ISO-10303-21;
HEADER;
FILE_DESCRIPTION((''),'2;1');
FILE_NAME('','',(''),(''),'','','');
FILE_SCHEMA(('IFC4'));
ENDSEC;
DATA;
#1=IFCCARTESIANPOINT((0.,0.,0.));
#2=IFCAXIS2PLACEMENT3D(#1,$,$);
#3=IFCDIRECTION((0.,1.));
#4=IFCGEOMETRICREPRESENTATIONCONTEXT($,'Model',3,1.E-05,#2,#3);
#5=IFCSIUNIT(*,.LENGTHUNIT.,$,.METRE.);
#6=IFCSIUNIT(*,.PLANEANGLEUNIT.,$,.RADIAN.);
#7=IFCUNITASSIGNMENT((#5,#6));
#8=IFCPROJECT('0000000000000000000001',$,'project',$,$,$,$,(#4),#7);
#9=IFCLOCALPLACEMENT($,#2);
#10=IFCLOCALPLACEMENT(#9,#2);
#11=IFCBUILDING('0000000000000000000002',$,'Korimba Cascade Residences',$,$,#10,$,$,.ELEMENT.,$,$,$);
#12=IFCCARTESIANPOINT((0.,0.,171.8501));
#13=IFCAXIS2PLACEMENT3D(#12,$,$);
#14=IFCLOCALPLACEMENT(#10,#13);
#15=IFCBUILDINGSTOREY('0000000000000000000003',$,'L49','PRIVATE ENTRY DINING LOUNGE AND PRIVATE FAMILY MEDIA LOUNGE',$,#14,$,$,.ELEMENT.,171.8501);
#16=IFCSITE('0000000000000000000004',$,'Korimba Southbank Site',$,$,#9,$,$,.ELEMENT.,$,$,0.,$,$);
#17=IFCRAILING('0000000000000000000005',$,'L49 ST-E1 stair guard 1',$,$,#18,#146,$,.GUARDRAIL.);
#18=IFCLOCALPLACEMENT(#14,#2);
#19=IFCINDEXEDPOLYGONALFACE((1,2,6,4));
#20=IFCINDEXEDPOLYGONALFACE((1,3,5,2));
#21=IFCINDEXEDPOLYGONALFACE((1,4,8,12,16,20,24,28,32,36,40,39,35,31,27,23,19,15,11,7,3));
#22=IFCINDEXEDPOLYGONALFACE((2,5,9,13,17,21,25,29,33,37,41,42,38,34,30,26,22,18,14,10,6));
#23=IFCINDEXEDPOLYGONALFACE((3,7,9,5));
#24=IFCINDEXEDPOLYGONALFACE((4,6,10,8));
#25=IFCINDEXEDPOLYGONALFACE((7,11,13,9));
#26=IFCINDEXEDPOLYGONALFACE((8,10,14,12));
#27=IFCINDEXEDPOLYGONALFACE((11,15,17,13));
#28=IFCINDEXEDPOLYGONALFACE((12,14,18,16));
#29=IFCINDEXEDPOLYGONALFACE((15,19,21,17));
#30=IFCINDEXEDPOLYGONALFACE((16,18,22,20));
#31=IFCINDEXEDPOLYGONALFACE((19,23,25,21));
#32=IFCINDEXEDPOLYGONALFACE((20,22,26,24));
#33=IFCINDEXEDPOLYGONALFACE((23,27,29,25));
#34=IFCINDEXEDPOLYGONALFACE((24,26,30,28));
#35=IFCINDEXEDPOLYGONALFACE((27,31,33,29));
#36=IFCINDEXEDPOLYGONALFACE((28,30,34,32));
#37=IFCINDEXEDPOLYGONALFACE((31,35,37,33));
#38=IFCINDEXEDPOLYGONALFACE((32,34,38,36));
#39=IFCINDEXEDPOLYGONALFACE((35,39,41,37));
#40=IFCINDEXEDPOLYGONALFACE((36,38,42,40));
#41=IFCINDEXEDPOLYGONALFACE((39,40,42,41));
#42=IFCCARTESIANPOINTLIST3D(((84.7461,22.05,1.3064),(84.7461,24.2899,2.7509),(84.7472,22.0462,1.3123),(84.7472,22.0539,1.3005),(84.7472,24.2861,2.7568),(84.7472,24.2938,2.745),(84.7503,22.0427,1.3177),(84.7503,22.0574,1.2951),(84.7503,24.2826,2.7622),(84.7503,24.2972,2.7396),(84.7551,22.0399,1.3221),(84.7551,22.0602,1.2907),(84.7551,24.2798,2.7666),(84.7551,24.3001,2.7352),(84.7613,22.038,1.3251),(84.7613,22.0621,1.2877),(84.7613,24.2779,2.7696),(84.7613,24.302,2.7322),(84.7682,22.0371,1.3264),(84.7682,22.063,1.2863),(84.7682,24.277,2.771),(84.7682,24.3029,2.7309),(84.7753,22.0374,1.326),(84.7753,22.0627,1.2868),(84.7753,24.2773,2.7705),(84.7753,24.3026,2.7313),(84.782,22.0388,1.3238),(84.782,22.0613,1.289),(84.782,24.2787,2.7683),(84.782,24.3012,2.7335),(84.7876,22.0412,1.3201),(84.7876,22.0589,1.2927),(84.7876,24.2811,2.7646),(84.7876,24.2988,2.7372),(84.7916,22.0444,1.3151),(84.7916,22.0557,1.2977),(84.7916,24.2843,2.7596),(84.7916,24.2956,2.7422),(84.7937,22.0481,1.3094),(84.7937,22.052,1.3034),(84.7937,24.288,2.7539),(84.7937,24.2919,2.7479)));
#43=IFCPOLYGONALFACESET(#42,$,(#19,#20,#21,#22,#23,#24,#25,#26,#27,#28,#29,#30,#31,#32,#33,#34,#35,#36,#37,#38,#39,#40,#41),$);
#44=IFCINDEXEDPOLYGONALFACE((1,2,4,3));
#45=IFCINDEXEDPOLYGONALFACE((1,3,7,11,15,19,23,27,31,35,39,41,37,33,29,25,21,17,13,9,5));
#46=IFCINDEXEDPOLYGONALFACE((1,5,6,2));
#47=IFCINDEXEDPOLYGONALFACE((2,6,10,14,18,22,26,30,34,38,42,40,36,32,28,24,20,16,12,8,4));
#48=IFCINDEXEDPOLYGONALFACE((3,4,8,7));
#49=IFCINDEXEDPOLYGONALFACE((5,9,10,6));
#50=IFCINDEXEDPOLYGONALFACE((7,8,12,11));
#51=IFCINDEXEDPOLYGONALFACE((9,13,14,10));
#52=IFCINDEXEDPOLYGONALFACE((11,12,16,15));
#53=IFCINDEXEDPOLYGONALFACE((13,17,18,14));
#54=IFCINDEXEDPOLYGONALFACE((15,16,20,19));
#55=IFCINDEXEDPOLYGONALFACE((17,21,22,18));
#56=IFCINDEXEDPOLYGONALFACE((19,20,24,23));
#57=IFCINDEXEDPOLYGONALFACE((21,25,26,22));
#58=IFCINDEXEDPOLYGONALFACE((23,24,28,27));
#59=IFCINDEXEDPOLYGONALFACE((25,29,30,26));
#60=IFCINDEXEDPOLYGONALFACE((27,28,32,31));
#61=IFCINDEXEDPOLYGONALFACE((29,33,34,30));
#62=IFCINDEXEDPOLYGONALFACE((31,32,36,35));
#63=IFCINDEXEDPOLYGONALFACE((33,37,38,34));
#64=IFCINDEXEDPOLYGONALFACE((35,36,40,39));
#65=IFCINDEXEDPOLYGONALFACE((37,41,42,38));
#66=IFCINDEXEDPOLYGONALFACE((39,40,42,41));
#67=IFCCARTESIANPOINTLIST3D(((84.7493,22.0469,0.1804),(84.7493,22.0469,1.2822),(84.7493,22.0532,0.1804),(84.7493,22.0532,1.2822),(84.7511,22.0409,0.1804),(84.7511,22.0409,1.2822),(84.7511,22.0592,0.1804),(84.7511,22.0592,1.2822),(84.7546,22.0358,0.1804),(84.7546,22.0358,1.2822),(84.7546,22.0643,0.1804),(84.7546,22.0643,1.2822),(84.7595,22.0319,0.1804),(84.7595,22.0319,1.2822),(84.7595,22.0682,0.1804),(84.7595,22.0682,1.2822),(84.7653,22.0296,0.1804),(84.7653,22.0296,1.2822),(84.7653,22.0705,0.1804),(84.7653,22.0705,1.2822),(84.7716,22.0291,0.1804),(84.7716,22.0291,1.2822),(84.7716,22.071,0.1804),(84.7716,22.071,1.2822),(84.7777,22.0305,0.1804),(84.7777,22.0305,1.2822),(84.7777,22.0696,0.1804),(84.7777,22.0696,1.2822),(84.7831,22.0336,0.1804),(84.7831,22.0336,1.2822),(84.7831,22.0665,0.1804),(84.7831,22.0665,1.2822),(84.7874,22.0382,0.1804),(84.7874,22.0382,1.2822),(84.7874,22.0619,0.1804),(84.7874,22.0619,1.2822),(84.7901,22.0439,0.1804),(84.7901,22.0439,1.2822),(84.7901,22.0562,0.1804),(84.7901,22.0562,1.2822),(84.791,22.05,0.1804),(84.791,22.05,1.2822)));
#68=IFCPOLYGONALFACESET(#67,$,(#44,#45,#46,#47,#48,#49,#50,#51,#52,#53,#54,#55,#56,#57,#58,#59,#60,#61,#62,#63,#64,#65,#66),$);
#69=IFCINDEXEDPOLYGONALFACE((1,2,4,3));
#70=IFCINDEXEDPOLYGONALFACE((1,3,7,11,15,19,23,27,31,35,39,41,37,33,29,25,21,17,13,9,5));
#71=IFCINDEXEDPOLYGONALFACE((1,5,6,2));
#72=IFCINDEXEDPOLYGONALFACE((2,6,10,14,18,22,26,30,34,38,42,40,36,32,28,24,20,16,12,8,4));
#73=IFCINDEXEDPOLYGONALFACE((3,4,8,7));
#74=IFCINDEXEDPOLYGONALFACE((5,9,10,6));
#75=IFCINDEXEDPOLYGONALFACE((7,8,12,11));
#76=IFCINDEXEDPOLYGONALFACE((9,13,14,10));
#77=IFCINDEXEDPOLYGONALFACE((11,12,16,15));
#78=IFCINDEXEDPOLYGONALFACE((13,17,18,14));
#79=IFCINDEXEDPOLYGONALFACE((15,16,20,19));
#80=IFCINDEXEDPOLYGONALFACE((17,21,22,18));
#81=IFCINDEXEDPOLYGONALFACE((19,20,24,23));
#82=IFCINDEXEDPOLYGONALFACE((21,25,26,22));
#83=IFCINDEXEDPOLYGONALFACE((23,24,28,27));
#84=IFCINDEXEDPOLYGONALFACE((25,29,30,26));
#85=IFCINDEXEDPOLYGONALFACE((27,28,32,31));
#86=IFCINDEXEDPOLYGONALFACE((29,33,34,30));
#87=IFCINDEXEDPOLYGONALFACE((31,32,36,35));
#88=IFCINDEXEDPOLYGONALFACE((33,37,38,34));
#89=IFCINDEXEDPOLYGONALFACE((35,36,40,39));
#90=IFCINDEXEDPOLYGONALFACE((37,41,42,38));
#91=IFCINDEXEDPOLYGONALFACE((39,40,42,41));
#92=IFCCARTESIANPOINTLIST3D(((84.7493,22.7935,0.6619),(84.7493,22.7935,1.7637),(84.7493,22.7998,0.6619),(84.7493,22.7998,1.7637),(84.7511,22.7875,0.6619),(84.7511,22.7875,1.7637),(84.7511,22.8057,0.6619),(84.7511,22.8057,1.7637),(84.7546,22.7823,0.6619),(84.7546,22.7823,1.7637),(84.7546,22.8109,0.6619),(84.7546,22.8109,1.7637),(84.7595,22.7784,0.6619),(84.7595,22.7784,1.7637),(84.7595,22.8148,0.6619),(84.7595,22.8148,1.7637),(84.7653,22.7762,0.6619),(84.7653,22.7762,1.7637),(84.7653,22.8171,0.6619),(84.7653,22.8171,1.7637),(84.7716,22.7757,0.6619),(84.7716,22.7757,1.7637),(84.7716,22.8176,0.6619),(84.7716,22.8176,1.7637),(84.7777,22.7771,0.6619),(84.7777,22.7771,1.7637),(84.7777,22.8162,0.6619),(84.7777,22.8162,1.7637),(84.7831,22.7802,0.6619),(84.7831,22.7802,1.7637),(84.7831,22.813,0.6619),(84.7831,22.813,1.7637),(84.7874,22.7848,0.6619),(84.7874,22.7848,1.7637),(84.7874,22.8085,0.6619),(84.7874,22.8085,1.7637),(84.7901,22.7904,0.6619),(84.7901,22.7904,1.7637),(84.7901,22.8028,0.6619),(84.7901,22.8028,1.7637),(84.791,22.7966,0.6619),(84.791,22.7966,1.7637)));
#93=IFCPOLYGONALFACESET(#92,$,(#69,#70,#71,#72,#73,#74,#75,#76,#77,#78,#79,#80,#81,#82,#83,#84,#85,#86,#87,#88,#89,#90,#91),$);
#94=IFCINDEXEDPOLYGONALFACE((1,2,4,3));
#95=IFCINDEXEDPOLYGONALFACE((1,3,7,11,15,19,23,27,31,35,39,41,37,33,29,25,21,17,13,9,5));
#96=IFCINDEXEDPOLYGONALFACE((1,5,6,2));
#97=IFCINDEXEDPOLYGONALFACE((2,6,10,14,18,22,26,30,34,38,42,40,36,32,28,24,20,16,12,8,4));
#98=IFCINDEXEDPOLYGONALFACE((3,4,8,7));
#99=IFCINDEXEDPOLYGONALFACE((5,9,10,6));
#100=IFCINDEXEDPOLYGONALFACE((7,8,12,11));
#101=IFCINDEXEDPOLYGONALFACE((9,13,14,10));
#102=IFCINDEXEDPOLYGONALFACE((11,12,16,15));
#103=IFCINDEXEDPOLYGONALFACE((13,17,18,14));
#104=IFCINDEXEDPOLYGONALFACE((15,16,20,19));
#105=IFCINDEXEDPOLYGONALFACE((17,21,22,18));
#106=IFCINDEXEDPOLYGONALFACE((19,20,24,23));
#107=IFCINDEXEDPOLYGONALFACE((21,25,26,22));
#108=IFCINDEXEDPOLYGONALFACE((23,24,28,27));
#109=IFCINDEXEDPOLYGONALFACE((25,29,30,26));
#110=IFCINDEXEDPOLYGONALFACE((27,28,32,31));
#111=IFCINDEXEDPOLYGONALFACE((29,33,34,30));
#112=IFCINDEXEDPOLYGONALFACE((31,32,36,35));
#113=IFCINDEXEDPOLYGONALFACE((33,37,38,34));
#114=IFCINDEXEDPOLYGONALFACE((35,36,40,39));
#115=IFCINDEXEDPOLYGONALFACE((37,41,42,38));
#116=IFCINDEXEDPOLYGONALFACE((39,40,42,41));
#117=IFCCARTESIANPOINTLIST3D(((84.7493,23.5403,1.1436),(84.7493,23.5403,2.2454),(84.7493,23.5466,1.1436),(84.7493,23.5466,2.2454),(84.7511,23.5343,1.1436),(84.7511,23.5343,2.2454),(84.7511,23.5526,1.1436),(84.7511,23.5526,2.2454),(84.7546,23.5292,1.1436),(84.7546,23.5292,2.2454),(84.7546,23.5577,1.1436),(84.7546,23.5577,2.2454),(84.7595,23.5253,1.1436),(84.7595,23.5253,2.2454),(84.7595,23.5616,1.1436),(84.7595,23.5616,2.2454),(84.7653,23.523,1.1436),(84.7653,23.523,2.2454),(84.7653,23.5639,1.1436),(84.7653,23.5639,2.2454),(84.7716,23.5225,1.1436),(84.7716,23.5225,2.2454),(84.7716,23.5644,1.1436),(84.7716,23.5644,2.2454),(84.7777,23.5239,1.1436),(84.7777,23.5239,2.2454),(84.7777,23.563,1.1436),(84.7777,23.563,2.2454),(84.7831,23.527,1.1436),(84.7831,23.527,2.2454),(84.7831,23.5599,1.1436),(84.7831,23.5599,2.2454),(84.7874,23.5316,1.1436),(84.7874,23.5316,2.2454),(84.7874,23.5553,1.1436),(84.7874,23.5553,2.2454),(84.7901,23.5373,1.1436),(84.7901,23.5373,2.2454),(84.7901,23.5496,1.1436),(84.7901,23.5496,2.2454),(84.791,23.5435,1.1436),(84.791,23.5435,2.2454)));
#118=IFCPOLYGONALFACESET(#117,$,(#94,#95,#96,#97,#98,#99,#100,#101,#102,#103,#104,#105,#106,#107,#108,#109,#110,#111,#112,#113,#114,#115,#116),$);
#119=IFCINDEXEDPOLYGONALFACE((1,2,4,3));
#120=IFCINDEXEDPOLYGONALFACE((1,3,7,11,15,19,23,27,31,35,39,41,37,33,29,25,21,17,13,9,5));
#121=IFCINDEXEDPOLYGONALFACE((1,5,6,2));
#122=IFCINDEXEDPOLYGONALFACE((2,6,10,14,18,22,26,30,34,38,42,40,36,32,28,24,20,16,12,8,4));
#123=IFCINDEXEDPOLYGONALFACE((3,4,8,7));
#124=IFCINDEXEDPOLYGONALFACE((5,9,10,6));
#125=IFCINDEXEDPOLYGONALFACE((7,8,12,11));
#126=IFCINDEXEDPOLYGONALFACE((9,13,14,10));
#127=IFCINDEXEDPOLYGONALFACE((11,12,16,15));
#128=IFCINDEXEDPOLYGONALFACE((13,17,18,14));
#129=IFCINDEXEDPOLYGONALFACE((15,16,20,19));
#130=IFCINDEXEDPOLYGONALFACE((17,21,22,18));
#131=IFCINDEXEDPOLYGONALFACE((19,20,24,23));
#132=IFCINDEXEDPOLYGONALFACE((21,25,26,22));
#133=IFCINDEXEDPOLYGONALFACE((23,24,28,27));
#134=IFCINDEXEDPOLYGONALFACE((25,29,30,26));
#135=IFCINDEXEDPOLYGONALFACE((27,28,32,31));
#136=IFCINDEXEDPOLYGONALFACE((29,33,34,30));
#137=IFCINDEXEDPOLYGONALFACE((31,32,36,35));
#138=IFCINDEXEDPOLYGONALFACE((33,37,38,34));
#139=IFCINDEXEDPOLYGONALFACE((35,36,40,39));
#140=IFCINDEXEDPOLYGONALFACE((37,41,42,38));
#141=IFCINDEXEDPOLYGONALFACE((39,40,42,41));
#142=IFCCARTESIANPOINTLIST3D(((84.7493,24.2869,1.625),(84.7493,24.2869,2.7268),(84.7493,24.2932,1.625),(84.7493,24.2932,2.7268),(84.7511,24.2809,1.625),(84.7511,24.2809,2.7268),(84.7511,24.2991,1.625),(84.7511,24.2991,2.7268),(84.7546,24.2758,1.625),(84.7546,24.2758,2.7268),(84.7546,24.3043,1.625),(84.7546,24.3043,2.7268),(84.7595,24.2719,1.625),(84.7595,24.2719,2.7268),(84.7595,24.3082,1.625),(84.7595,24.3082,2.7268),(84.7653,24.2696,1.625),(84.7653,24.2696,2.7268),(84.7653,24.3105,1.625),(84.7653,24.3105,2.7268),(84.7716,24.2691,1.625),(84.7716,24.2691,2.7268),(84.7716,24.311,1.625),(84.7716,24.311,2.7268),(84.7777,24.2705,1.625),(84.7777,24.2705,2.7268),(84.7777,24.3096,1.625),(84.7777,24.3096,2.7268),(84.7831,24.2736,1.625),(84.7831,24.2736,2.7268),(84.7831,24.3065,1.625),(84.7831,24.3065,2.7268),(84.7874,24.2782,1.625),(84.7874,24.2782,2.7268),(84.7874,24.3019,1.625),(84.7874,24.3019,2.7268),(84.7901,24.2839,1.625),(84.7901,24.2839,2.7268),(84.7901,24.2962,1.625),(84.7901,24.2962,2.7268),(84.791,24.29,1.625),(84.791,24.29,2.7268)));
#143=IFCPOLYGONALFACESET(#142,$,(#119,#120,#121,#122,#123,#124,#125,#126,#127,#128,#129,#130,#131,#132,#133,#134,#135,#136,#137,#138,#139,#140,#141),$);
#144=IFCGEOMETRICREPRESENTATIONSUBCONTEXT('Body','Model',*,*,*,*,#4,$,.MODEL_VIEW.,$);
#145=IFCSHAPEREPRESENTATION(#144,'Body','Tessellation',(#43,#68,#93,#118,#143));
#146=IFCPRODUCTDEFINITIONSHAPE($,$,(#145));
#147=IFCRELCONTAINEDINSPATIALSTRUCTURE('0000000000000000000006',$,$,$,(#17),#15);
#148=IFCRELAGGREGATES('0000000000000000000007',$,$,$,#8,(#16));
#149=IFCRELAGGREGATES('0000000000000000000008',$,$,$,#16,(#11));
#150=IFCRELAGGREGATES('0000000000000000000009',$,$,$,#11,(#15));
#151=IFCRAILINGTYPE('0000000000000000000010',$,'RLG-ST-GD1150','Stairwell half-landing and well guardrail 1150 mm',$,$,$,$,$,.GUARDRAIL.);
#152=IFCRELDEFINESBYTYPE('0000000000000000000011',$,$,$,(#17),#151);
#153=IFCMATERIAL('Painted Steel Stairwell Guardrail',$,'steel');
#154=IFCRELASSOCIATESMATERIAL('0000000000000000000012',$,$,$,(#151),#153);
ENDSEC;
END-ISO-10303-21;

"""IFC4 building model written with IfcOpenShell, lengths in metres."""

from ifc_helpers import new_model, si_unit, direction, frame, origin, origin_2d, place, context, subcontext, project, spatial, circle, extrude, material, type_object, element, save


model = new_model("IFC4")

# Units and contexts
model_context = context("Model", 3, precision=1e-05, world=origin(), true_north=direction((0.0, 1.0)))
body_context = subcontext(model_context, "Body", "Model", "MODEL_VIEW")
ifc_project = project(units=[si_unit("LENGTHUNIT", "METRE"), si_unit("PLANEANGLEUNIT", "RADIAN")], contexts=[model_context])

# Site, building, storey
site_placement = place(None, origin())
site = spatial("IfcSite", under=ifc_project, at=site_placement, Name="Korimba Southbank Site", CompositionType="ELEMENT", RefElevation=0.0)
building_placement = place(site_placement, origin())
building = spatial("IfcBuilding", under=site, at=building_placement, Name="Korimba Cascade Residences", CompositionType="ELEMENT")
storey_placement = place(building_placement, frame((0.0, 0.0, 171.8501)))
storey = spatial("IfcBuildingStorey", under=building, at=storey_placement, Name="L49", Description="PRIVATE ENTRY DINING LOUNGE AND PRIVATE FAMILY MEDIA LOUNGE", CompositionType="ELEMENT", Elevation=171.8501)

# Railing
ifc_material_1 = material(Name="Painted Steel Stairwell Guardrail", Category="steel")
railing_type_1 = type_object("IfcRailingType", Name="RLG-ST-GD1150", Description="Stairwell half-landing and well guardrail 1150 mm", PredefinedType="GUARDRAIL", material=ifc_material_1)
railing_1_placement = place(storey_placement, frame((84.77, 22.05, 0.1804)))
element("IfcRailing", 1, at=railing_1_placement, inside=storey, type_object=railing_type_1, Name="L49 ST-E1 stair guard 1", PredefinedType="GUARDRAIL", context=body_context, shape_type="SweptSolid", body=[
    extrude(circle(Radius=0.0239, at=origin_2d()), frame((0.0, 0.0, 1.126), z_axis=(0.0, 0.840395, 0.541975), x_axis=(-1.0, 0.0, 0.0)), (0.0, 0.0, 1.0), 2.6653),
    extrude(circle(Radius=0.021, at=origin_2d()), origin(), (0.0, 0.0, 1.0), 1.1018),
    extrude(circle(Radius=0.021, at=origin_2d()), frame((0.0, 0.7466, 0.4814)), (0.0, 0.0, 1.0), 1.1018),
    extrude(circle(Radius=0.021, at=origin_2d()), frame((0.0, 1.4934, 0.9631)), (0.0, 0.0, 1.0), 1.1018),
    extrude(circle(Radius=0.021, at=origin_2d()), frame((0.0, 2.24, 1.4446)), (0.0, 0.0, 1.0), 1.1018),
])

save(model, "model.ifc")
